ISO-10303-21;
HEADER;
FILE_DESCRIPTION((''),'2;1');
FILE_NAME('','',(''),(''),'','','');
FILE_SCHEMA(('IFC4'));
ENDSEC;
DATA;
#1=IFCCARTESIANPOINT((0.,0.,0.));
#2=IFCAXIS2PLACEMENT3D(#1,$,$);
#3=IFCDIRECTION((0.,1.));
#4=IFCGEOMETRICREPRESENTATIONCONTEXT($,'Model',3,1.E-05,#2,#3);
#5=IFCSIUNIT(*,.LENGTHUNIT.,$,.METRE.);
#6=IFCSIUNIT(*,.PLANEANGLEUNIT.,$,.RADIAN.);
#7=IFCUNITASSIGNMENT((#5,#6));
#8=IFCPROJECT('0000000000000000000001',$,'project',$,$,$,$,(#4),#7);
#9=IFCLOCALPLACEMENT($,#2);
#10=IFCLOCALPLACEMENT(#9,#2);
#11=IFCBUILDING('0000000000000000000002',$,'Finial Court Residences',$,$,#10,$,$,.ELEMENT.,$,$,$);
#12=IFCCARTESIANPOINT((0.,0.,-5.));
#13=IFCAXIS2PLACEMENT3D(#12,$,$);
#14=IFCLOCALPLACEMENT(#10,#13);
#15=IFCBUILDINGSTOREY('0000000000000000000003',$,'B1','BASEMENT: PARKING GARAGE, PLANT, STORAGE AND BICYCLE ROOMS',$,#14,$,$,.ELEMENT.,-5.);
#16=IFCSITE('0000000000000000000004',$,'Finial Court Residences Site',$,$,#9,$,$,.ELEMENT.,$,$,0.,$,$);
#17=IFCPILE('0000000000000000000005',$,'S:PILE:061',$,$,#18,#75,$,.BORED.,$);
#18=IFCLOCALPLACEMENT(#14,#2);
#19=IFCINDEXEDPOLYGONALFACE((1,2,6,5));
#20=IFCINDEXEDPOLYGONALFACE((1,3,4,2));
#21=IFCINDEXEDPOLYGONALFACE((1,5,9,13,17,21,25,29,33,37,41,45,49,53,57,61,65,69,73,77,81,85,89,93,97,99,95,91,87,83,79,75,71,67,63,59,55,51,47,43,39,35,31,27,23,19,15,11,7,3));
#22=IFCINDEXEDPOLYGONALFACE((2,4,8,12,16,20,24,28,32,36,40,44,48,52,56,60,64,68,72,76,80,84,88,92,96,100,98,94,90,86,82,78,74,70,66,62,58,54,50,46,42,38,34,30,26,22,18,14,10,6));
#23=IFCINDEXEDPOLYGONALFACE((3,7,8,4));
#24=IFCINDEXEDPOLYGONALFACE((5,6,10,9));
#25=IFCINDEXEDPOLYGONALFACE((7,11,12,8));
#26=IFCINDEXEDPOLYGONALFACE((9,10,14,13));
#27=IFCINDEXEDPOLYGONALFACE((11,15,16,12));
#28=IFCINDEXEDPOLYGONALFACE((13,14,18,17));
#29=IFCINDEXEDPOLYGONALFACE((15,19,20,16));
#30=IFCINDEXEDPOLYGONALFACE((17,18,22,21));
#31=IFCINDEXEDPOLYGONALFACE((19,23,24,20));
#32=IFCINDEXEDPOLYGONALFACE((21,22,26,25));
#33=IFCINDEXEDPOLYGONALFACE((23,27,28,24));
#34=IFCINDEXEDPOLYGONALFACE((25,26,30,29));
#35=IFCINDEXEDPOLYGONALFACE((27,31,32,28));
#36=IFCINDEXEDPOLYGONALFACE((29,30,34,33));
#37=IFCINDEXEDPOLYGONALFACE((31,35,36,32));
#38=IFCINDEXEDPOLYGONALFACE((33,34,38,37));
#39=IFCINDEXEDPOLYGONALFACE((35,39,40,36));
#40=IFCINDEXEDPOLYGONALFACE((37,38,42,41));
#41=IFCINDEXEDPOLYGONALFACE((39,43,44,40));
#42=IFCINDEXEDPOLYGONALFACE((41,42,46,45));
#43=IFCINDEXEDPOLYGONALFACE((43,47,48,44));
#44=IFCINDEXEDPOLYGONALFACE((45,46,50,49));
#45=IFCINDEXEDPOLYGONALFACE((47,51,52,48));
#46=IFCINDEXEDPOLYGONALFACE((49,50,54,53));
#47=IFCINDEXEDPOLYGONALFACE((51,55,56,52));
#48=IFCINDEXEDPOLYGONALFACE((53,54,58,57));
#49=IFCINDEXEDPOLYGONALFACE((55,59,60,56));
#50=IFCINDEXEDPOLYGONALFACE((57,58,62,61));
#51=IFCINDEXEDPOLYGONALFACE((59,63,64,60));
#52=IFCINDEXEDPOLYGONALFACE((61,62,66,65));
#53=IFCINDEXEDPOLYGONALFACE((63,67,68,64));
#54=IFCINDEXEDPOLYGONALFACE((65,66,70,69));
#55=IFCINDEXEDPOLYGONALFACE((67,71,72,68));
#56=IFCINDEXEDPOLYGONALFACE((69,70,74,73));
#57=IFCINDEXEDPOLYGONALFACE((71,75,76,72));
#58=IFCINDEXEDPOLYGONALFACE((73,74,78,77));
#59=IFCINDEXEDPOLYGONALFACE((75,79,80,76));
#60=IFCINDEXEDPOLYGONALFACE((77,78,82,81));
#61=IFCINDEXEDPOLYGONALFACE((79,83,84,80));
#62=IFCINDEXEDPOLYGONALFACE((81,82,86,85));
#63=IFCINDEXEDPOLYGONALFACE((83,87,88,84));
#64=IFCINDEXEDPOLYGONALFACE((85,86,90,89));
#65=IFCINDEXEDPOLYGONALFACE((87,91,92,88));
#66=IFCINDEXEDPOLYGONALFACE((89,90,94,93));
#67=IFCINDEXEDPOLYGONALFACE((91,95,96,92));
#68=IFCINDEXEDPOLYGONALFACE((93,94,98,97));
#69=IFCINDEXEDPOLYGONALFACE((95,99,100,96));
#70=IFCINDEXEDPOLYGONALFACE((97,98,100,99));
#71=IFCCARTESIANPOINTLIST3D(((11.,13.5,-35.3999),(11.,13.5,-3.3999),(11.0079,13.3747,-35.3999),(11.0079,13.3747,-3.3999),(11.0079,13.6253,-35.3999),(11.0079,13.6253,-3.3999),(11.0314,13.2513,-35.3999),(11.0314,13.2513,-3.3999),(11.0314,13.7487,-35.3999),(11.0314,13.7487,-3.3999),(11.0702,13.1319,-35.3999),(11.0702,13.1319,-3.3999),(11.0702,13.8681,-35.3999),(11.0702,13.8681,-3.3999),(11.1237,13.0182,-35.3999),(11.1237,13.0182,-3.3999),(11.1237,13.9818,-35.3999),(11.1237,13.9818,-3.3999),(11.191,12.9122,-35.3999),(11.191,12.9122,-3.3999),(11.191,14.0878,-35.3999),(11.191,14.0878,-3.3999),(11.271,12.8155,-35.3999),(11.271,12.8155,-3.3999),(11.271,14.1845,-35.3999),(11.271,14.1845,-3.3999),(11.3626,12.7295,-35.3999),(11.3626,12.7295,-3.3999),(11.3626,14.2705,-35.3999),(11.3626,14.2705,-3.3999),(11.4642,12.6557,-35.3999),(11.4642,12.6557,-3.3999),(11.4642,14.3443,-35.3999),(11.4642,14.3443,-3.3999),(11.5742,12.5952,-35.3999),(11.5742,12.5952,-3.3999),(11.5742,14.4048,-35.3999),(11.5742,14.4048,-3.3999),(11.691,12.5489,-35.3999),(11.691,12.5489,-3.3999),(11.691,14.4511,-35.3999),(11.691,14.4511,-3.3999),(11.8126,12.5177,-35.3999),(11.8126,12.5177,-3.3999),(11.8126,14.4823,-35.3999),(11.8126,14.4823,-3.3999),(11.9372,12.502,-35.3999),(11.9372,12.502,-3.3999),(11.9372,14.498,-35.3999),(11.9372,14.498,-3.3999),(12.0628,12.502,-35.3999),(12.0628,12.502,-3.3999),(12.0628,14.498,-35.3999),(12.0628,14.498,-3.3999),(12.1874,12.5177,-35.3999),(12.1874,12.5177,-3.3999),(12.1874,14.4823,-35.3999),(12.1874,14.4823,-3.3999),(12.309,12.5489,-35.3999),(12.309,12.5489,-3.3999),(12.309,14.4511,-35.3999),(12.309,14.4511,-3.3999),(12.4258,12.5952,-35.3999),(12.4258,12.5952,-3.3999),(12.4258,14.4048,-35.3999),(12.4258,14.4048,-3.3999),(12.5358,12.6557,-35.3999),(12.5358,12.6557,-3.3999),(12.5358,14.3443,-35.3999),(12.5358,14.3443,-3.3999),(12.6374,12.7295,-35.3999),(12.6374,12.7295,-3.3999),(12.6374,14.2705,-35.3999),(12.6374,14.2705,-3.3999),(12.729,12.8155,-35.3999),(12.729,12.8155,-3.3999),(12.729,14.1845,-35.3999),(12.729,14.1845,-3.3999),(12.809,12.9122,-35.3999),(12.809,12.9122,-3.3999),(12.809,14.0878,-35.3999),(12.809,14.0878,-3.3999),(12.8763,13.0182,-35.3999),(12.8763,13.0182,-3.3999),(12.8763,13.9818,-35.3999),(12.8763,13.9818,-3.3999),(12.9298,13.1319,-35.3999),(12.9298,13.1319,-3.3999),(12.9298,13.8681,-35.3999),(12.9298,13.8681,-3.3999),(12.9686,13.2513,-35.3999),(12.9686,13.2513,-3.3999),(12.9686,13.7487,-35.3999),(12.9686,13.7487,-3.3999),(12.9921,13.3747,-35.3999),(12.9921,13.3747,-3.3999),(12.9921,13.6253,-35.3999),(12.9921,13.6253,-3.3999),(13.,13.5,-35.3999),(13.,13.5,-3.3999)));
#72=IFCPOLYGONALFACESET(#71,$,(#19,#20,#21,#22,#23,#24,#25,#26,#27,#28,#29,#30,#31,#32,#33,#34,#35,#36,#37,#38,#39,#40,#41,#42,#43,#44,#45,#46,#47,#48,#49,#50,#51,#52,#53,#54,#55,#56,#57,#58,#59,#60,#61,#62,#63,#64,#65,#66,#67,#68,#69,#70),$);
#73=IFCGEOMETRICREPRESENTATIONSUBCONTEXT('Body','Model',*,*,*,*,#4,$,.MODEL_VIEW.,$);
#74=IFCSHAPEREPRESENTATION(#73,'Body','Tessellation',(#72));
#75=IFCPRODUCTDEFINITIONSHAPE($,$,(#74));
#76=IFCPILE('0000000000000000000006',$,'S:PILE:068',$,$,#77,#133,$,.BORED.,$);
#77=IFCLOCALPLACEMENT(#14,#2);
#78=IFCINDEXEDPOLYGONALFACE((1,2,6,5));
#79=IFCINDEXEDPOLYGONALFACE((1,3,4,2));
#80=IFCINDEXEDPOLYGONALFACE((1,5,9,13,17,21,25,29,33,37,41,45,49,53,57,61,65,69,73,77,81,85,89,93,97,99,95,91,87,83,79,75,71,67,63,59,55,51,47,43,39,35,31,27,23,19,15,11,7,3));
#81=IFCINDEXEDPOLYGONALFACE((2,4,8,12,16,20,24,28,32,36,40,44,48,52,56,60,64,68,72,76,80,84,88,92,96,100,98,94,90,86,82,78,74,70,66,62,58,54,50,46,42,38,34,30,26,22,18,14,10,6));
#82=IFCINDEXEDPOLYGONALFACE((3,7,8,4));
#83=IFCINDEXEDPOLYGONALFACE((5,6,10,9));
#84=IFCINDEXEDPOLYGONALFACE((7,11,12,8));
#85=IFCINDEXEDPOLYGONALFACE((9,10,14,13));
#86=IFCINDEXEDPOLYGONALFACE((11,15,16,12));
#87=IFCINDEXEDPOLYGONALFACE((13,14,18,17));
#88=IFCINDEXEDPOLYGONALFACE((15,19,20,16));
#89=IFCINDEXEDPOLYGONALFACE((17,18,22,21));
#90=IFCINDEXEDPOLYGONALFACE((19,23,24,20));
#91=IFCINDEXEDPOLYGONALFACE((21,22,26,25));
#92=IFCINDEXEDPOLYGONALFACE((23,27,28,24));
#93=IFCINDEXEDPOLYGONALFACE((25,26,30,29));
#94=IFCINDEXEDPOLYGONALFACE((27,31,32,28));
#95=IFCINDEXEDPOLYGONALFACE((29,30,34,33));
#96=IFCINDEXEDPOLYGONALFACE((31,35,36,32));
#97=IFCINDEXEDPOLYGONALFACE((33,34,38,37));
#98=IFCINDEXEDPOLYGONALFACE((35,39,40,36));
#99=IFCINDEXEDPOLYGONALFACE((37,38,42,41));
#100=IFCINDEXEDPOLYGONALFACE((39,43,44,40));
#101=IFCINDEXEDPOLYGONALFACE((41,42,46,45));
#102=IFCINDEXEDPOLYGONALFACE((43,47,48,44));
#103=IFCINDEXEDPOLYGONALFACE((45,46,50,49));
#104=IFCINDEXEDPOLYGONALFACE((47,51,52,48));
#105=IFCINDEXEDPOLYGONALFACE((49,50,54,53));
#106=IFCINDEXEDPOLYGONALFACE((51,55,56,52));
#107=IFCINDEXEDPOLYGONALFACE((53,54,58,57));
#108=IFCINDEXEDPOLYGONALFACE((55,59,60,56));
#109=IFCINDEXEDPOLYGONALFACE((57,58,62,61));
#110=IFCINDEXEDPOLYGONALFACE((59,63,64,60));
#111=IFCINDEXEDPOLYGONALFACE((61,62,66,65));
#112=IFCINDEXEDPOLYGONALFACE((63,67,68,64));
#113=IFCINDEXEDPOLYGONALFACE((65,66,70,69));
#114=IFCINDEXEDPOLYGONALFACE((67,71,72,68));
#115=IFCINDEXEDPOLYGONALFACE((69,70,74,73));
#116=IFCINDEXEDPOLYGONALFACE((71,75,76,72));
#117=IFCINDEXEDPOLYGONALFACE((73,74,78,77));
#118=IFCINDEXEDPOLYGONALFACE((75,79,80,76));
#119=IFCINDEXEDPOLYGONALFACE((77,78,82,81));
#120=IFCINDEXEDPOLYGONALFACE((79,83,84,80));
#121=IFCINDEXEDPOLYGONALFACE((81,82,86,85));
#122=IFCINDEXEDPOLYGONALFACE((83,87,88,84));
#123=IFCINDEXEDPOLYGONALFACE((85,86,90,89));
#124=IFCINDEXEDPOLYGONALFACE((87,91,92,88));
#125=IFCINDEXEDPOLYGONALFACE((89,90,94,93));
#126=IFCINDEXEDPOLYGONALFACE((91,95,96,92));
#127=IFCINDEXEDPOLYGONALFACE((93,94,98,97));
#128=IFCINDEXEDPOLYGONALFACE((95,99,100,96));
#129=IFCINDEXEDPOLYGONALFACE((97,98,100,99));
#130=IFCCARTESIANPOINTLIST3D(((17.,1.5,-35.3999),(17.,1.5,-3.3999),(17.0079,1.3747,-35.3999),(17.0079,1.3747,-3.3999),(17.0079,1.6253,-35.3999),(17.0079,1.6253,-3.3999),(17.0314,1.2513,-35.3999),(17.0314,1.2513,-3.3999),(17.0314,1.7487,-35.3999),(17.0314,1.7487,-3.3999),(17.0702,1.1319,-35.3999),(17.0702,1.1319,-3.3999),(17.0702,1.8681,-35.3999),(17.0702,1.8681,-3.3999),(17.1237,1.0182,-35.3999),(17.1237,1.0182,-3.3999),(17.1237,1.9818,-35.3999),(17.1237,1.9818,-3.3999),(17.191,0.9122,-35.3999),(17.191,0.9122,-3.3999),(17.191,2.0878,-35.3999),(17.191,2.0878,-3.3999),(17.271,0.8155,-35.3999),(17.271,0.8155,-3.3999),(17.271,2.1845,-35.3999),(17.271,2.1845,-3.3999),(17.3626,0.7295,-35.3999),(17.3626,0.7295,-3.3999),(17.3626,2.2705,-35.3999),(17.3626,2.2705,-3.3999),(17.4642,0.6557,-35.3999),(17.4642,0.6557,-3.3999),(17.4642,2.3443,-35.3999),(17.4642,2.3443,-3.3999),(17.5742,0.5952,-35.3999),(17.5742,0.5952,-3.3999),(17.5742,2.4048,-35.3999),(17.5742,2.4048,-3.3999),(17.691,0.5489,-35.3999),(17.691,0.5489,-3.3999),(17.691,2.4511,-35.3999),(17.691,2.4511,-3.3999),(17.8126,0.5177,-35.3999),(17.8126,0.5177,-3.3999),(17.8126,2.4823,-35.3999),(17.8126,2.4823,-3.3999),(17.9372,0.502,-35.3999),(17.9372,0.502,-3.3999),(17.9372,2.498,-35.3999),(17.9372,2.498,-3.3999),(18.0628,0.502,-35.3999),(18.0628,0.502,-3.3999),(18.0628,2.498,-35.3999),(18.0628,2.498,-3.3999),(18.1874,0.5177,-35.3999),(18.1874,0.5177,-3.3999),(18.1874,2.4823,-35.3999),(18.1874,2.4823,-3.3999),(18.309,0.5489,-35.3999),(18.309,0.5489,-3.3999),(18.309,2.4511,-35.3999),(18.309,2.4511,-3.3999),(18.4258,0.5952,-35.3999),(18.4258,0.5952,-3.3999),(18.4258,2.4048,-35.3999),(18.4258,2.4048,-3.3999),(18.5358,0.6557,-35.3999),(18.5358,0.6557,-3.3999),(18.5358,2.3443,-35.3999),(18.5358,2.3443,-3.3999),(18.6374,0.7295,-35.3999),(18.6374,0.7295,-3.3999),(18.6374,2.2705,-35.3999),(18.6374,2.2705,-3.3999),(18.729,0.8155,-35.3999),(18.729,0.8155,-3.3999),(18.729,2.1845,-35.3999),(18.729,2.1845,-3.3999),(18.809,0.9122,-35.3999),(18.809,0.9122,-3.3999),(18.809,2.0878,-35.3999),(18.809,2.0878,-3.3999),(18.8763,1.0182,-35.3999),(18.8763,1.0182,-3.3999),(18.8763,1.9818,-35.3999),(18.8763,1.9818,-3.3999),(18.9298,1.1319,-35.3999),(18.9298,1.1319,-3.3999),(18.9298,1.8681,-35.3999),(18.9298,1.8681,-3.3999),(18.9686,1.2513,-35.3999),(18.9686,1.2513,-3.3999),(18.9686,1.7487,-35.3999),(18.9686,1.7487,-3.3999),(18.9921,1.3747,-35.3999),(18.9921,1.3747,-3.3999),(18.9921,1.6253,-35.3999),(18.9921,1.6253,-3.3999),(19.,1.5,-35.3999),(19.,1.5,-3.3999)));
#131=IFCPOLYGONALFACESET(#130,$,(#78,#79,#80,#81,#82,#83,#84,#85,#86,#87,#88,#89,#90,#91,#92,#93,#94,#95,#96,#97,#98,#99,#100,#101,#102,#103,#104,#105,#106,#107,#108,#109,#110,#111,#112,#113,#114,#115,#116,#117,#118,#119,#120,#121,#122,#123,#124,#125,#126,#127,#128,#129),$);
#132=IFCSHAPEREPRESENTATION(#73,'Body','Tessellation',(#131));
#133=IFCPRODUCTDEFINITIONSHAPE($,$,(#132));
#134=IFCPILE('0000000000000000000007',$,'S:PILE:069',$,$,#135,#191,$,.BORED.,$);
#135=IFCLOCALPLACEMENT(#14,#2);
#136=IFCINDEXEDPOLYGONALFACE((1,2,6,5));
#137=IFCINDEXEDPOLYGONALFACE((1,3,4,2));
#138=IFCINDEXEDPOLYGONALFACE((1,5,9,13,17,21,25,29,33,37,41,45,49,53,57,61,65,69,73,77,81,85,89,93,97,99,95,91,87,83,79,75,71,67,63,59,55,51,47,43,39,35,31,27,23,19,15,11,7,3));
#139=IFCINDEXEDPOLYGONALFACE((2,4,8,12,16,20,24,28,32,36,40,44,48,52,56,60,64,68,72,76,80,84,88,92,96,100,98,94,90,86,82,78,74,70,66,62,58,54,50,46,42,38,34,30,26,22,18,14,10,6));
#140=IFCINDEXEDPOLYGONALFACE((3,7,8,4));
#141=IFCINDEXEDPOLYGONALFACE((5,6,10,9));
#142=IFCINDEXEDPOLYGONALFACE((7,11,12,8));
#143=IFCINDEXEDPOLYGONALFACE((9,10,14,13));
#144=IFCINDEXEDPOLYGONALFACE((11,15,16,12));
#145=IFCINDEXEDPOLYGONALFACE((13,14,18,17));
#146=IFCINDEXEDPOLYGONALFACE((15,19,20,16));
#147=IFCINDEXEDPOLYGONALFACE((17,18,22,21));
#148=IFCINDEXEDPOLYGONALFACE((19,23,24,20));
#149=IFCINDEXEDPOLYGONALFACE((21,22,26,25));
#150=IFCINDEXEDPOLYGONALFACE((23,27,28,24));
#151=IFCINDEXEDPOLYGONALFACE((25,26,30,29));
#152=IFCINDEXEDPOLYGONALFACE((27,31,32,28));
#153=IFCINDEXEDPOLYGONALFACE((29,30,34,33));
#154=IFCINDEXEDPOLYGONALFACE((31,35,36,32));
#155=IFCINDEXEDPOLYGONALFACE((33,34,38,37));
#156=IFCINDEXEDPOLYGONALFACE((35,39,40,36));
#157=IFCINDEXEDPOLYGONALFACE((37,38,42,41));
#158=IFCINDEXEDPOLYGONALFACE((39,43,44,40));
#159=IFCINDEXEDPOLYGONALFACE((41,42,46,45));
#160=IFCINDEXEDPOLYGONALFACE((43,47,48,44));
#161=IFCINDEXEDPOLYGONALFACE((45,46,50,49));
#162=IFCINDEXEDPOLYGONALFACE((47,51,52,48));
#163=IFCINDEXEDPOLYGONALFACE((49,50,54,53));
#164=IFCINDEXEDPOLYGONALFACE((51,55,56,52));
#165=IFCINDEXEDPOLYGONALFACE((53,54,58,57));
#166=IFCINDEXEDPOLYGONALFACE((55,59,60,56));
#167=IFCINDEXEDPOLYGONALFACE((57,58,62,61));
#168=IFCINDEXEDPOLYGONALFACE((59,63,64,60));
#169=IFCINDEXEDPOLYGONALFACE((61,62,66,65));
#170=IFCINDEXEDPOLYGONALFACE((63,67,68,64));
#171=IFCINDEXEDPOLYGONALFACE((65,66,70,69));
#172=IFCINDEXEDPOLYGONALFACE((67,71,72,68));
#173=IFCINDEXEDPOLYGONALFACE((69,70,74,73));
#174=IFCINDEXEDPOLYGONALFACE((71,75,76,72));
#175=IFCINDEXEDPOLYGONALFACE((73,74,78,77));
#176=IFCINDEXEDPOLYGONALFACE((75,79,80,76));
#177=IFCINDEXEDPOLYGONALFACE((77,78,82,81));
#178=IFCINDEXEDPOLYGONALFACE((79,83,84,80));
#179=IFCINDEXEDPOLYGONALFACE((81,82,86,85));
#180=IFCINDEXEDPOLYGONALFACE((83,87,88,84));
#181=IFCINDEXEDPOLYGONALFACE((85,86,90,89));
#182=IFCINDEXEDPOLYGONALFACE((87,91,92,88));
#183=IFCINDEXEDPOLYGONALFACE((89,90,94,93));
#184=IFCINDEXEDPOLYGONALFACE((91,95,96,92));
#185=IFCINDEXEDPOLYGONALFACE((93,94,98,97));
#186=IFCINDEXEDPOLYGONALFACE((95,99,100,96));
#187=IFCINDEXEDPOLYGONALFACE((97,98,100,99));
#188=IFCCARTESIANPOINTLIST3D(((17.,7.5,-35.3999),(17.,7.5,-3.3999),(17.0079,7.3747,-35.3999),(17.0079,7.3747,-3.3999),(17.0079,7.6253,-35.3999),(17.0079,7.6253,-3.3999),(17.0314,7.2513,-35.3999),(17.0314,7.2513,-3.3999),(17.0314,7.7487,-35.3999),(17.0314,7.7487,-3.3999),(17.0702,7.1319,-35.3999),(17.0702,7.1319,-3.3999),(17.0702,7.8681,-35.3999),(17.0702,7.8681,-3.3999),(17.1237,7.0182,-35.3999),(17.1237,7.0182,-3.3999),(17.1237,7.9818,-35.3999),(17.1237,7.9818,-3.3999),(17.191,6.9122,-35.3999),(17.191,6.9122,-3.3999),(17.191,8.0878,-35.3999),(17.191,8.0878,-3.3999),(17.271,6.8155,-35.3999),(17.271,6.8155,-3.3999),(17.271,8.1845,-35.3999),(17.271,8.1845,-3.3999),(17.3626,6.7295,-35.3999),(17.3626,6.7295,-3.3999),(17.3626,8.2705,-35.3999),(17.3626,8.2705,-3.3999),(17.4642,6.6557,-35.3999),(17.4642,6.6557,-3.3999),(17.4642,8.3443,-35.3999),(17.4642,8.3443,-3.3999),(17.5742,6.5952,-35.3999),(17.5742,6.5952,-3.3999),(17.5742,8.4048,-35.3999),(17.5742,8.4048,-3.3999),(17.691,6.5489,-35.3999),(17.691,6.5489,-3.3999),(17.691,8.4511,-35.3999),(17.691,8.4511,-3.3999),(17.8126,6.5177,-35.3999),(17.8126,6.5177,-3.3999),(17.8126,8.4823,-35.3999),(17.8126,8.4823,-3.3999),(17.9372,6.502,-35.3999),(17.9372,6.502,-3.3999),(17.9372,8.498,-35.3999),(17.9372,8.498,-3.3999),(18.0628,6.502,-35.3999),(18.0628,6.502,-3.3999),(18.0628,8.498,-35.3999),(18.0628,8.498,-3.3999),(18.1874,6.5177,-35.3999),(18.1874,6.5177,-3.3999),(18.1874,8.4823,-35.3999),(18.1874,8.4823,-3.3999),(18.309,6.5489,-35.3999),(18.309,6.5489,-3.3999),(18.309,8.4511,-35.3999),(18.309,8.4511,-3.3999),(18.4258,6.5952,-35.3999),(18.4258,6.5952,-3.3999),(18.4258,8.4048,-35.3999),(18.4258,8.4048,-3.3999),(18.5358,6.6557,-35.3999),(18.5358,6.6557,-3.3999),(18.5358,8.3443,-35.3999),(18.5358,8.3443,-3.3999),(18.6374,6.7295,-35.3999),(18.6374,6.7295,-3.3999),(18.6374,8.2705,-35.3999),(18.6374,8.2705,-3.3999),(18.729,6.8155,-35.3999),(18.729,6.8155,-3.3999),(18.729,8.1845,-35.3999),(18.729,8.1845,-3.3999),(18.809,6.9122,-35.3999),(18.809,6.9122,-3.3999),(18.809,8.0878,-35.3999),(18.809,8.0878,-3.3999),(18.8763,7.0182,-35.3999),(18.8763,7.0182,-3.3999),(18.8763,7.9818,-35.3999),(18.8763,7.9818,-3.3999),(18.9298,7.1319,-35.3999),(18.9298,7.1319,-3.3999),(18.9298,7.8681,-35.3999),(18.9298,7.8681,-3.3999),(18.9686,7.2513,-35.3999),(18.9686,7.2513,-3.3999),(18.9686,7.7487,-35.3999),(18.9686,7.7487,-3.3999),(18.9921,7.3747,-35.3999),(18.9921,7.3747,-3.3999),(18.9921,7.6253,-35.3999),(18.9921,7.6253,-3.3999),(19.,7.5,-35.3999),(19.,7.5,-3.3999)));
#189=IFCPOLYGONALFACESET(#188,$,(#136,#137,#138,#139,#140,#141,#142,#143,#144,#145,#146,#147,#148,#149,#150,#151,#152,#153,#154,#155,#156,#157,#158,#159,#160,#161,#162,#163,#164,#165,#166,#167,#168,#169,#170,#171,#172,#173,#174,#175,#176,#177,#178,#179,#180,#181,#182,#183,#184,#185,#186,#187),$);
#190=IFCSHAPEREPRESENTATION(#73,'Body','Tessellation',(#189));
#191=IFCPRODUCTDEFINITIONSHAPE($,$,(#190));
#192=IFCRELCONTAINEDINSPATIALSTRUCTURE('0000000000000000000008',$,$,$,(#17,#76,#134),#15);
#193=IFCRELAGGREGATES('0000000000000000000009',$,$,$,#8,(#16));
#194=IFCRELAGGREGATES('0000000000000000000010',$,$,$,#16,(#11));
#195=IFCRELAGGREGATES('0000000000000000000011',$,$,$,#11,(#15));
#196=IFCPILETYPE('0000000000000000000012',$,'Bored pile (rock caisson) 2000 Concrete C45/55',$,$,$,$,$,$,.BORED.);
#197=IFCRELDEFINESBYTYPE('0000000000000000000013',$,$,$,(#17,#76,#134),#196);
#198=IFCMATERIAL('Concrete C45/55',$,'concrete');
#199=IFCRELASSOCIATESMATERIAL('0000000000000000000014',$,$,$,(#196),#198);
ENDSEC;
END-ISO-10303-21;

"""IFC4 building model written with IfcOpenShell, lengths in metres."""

from ifc_helpers import new_model, si_unit, direction, frame, origin, origin_2d, place, context, subcontext, project, spatial, circle, extrude, material, material_profile, profile_set, type_object, element, save


model = new_model("IFC4")

# Units and contexts
model_context = context("Model", 3, precision=1e-05, world=origin(), true_north=direction((0.0, 1.0)))
body_context = subcontext(model_context, "Body", "Model", "MODEL_VIEW")
ifc_project = project(units=[si_unit("LENGTHUNIT", "METRE"), si_unit("PLANEANGLEUNIT", "RADIAN")], contexts=[model_context])

# Site, building, storey
site_placement = place(None, origin())
site = spatial("IfcSite", under=ifc_project, at=site_placement, Name="Finial Court Residences Site", CompositionType="ELEMENT", RefElevation=0.0)
building_placement = place(site_placement, origin())
building = spatial("IfcBuilding", under=site, at=building_placement, Name="Finial Court Residences", CompositionType="ELEMENT")
storey_placement = place(building_placement, frame((0.0, 0.0, -5.0)))
storey = spatial("IfcBuildingStorey", under=building, at=storey_placement, Name="B1", Description="BASEMENT: PARKING GARAGE, PLANT, STORAGE AND BICYCLE ROOMS", CompositionType="ELEMENT", Elevation=-5.0)

# Piles
ifc_material_1 = material(Name="Concrete C45/55", Category="concrete")
ifc_material_profile_1 = material_profile(ifc_material_1, circle(Radius=1.0, at=origin_2d()), Name="D2000")
ifc_profile_set_1 = profile_set([ifc_material_profile_1], Name="Concrete C45/55")
pile_type = type_object("IfcPileType", Name="Bored pile (rock caisson) 2000 Concrete C45/55", PredefinedType="BORED", material=ifc_profile_set_1)
for number, where, z_axis, x_axis, name in (
    (1, (12.0, 13.5, -3.3999), (0.0, 0.0, -1.0), (1.0, 0.0, 0.0), "S:PILE:061"),
    (2, (18.0, 1.5, -3.3999), (0.0, 0.0, -1.0), (1.0, 0.0, 0.0), "S:PILE:068"),
    (3, (18.0, 7.5, -3.3999), (0.0, 0.0, -1.0), (1.0, 0.0, 0.0), "S:PILE:069"),
):
    element("IfcPile", number, at=place(storey_placement, frame(where, z_axis=z_axis, x_axis=x_axis)), inside=storey, type_object=pile_type, Name=name, PredefinedType="BORED", context=body_context, shape_type="SweptSolid", body=[
        extrude(circle(Radius=1.0, at=origin_2d()), origin(), (0.0, 0.0, 1.0), 32.0),
    ])

save(model, "model.ifc")
